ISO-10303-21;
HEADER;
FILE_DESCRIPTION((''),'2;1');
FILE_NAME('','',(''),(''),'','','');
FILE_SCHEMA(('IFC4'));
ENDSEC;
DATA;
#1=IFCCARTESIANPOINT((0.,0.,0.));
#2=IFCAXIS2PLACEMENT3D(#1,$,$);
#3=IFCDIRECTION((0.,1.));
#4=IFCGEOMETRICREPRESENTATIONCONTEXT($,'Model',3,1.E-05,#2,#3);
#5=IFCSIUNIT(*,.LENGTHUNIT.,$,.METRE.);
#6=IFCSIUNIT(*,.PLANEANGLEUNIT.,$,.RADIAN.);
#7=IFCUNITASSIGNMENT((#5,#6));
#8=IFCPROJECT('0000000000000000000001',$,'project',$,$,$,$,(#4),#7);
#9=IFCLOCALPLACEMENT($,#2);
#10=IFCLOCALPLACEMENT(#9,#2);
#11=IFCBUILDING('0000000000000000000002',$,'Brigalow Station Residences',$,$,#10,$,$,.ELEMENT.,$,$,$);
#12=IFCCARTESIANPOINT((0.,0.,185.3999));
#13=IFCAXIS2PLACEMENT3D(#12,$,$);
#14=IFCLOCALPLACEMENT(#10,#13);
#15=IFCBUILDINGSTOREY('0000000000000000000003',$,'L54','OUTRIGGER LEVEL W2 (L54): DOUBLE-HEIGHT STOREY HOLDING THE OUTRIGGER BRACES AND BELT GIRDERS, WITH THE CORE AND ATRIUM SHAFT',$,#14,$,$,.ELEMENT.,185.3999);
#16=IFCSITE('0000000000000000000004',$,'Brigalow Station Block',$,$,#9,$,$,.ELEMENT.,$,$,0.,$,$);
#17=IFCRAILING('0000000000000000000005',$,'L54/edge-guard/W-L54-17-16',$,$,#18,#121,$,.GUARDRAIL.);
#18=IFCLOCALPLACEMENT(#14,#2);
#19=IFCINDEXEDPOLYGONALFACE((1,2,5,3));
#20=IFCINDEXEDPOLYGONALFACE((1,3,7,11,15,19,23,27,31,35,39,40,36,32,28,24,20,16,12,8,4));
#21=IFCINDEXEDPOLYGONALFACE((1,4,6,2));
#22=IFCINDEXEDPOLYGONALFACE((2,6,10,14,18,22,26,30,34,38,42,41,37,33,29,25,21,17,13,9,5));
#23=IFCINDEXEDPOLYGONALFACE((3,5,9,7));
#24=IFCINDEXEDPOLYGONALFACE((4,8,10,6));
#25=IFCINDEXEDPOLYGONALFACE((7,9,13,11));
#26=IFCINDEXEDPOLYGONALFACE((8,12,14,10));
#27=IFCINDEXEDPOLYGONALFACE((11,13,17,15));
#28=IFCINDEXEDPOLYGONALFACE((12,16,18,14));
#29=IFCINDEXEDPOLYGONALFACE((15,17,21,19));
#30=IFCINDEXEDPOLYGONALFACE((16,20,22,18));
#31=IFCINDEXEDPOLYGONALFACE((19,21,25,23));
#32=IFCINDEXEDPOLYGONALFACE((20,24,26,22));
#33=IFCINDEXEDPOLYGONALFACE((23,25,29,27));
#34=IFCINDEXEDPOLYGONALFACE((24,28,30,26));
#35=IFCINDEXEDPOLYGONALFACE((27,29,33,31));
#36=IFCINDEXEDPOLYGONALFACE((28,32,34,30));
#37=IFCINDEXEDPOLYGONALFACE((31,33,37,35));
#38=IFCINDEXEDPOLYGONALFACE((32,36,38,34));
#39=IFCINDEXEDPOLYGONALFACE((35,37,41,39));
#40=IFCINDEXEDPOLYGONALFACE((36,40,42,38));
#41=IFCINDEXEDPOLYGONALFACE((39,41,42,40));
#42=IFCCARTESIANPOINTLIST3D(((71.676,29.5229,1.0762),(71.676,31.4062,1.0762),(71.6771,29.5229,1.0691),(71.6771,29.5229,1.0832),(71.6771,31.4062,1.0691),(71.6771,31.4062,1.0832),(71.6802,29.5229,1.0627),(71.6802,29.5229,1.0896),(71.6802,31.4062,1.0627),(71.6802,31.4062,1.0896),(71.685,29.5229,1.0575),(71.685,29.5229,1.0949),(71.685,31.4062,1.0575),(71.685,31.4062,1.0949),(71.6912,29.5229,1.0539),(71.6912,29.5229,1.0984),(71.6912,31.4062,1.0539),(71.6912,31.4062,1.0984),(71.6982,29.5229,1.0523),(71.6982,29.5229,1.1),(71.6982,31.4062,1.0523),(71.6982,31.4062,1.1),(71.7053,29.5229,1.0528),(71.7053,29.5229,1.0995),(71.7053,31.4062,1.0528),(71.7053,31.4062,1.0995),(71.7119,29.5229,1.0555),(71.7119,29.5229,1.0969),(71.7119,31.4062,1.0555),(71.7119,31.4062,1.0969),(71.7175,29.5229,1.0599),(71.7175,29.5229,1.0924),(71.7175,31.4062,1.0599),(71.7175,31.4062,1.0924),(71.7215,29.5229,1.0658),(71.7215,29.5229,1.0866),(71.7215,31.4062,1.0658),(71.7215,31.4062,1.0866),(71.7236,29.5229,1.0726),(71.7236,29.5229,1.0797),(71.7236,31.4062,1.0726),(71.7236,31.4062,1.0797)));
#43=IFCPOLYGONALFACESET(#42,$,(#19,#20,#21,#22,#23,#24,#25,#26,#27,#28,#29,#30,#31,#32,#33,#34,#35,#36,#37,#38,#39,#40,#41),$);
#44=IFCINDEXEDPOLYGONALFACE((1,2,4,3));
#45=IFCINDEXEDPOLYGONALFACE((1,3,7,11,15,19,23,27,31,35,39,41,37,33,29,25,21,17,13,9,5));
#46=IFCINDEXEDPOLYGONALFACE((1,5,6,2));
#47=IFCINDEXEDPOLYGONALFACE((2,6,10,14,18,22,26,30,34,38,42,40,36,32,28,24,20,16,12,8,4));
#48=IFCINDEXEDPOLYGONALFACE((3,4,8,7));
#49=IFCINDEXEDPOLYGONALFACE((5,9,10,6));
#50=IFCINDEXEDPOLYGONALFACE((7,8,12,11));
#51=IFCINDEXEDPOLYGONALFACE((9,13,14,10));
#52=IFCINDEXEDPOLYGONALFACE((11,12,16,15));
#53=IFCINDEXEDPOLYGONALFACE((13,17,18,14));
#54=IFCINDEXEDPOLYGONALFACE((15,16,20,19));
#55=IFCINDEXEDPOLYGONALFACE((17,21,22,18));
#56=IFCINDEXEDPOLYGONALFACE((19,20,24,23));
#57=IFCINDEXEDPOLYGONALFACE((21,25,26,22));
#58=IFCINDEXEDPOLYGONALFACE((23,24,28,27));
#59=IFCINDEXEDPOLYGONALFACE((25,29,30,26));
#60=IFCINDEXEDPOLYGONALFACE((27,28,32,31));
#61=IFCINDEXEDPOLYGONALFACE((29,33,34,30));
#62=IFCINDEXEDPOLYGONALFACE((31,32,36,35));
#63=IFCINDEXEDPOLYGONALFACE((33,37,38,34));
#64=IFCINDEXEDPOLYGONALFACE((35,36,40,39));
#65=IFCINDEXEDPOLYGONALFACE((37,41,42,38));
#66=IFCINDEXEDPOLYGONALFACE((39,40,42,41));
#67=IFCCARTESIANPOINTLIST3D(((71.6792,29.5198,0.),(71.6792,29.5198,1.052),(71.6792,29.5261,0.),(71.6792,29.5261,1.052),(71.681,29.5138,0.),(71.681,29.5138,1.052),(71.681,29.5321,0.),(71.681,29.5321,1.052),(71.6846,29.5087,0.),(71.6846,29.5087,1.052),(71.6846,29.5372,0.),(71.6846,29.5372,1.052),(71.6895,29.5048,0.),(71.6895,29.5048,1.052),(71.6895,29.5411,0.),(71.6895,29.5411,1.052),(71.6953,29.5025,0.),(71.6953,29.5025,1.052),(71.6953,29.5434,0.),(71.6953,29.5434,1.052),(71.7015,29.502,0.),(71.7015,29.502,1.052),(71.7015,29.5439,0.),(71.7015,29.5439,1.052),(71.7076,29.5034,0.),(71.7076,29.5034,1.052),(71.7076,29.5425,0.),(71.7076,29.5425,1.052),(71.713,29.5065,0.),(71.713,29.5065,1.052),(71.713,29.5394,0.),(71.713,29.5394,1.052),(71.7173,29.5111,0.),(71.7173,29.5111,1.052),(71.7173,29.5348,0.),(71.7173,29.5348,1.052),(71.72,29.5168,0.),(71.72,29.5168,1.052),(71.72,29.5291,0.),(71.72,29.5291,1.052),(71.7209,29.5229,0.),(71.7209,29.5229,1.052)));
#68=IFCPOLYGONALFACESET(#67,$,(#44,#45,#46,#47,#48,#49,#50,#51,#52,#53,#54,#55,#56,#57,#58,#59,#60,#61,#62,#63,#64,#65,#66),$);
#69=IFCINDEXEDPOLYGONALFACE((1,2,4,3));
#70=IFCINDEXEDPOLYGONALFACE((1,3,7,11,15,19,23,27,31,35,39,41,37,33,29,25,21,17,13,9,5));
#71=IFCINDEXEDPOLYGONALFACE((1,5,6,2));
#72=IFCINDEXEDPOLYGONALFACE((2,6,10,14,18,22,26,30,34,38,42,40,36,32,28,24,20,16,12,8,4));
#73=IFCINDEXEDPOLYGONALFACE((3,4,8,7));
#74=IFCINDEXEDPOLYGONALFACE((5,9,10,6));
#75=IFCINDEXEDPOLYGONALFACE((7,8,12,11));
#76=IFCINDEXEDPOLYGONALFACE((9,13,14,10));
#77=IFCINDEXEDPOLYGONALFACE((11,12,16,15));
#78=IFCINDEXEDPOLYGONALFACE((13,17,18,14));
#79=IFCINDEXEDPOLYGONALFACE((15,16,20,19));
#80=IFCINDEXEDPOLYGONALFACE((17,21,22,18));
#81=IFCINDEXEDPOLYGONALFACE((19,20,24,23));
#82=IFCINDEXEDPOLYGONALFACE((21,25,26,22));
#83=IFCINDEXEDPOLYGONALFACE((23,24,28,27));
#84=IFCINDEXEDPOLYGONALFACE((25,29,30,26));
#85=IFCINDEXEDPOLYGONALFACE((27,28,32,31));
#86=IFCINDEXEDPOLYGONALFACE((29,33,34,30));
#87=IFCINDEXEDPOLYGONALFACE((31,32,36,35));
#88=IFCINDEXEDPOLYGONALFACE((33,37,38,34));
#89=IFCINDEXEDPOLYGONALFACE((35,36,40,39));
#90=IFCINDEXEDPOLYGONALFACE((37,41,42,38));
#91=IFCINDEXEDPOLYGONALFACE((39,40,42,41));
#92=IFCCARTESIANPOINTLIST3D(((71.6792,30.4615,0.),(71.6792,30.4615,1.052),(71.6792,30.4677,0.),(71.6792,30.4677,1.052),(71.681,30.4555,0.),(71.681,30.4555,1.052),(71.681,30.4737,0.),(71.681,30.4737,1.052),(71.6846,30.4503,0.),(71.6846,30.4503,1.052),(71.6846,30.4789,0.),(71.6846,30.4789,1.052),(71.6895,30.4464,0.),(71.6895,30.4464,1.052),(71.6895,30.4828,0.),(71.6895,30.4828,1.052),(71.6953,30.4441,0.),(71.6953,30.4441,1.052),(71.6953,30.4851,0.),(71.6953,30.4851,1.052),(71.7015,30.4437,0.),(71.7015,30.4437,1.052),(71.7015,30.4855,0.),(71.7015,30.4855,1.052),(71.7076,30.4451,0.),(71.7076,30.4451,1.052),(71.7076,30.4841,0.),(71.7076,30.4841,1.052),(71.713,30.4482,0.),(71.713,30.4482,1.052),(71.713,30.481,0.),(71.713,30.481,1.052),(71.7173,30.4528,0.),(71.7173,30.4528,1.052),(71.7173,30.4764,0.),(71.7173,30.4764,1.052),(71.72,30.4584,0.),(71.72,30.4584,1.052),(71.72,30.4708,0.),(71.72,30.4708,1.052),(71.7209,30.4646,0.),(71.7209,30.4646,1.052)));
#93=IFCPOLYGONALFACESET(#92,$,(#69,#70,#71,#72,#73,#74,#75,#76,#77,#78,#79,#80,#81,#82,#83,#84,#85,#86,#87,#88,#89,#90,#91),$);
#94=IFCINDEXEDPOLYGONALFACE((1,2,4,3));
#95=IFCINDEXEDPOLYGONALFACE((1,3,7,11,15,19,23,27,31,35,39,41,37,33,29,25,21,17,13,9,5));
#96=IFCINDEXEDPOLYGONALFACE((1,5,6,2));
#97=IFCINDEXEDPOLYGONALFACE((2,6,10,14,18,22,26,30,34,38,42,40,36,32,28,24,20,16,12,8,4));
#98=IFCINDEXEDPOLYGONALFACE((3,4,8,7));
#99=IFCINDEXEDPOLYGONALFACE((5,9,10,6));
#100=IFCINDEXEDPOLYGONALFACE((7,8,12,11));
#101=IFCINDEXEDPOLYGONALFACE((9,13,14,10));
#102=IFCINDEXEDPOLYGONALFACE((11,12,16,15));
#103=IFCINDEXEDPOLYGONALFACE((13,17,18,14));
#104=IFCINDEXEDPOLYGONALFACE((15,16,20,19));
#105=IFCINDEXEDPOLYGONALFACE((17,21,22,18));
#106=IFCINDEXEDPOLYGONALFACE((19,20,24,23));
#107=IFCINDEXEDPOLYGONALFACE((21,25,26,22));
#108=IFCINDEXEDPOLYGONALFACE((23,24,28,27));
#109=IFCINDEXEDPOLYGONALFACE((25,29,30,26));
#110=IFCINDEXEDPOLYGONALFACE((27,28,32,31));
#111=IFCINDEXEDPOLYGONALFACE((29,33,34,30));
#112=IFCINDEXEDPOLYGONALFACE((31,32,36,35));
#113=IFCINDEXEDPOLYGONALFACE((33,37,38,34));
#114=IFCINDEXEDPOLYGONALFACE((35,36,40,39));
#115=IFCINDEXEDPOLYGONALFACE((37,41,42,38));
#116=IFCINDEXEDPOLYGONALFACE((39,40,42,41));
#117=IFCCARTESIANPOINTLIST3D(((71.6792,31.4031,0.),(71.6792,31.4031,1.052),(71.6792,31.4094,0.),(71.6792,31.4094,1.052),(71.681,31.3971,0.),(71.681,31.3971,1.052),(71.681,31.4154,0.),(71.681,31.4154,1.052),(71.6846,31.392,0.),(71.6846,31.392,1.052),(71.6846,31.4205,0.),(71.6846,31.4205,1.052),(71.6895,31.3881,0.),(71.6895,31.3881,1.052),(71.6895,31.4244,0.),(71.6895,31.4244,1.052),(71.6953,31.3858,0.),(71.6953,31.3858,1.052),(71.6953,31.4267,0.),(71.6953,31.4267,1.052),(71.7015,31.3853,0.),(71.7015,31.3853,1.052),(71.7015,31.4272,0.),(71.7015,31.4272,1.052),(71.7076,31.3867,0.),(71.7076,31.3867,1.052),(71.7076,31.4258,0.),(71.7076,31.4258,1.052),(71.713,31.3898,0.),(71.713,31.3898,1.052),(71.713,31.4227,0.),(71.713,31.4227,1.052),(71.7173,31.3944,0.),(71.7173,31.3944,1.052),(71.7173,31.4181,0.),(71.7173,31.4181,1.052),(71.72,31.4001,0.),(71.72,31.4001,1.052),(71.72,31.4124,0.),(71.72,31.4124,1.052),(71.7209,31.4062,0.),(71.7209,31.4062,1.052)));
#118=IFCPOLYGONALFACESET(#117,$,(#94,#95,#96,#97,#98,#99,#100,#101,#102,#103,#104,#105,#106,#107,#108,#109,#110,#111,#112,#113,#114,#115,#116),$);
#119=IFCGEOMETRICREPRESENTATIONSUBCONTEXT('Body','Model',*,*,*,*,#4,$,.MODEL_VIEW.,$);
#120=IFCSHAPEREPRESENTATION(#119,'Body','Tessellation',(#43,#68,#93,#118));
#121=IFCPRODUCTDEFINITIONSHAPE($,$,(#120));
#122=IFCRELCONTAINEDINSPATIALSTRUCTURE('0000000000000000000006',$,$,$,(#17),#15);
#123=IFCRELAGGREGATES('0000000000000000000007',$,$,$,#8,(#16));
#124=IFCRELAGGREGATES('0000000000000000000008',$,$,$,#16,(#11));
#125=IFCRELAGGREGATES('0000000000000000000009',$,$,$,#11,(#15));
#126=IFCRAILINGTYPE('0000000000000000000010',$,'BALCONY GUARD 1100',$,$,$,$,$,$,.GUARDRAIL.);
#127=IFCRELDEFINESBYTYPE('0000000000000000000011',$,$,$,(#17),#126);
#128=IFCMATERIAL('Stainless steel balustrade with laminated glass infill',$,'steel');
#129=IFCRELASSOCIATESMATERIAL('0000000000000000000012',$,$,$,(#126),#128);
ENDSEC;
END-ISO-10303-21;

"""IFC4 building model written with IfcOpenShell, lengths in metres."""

from ifc_helpers import new_model, si_unit, direction, frame, origin, origin_2d, place, context, subcontext, project, spatial, circle, extrude, material, type_object, element, save


model = new_model("IFC4")

# Units and contexts
model_context = context("Model", 3, precision=1e-05, world=origin(), true_north=direction((0.0, 1.0)))
body_context = subcontext(model_context, "Body", "Model", "MODEL_VIEW")
ifc_project = project(units=[si_unit("LENGTHUNIT", "METRE"), si_unit("PLANEANGLEUNIT", "RADIAN")], contexts=[model_context])

# Site, building, storey
site_placement = place(None, origin())
site = spatial("IfcSite", under=ifc_project, at=site_placement, Name="Brigalow Station Block", CompositionType="ELEMENT", RefElevation=0.0)
building_placement = place(site_placement, origin())
building = spatial("IfcBuilding", under=site, at=building_placement, Name="Brigalow Station Residences", CompositionType="ELEMENT")
storey_placement = place(building_placement, frame((0.0, 0.0, 185.3999)))
storey = spatial("IfcBuildingStorey", under=building, at=storey_placement, Name="L54", Description="OUTRIGGER LEVEL W2 (L54): DOUBLE-HEIGHT STOREY HOLDING THE OUTRIGGER BRACES AND BELT GIRDERS, WITH THE CORE AND ATRIUM SHAFT", CompositionType="ELEMENT", Elevation=185.3999)

# Railing
ifc_material_1 = material(Name="Stainless steel balustrade with laminated glass infill", Category="steel")
railing_type_1 = type_object("IfcRailingType", Name="BALCONY GUARD 1100", PredefinedType="GUARDRAIL", material=ifc_material_1)
railing_1_placement = place(storey_placement, frame((71.7, 29.5229, 0.0)))
element("IfcRailing", 1, at=railing_1_placement, inside=storey, type_object=railing_type_1, Name="L54/edge-guard/W-L54-17-16", PredefinedType="GUARDRAIL", context=body_context, shape_type="SweptSolid", body=[
    extrude(circle(Radius=0.0239, at=origin_2d()), frame((0.0, 0.0, 1.0762), z_axis=(0.0, 1.0, 0.0), x_axis=(-1.0, 0.0, 0.0)), (0.0, 0.0, 1.0), 1.8833),
    extrude(circle(Radius=0.021, at=origin_2d()), origin(), (0.0, 0.0, 1.0), 1.052),
    extrude(circle(Radius=0.021, at=origin_2d()), frame((0.0, 0.9417, 0.0)), (0.0, 0.0, 1.0), 1.052),
    extrude(circle(Radius=0.021, at=origin_2d()), frame((0.0, 1.8833, 0.0)), (0.0, 0.0, 1.0), 1.052),
])

save(model, "model.ifc")
